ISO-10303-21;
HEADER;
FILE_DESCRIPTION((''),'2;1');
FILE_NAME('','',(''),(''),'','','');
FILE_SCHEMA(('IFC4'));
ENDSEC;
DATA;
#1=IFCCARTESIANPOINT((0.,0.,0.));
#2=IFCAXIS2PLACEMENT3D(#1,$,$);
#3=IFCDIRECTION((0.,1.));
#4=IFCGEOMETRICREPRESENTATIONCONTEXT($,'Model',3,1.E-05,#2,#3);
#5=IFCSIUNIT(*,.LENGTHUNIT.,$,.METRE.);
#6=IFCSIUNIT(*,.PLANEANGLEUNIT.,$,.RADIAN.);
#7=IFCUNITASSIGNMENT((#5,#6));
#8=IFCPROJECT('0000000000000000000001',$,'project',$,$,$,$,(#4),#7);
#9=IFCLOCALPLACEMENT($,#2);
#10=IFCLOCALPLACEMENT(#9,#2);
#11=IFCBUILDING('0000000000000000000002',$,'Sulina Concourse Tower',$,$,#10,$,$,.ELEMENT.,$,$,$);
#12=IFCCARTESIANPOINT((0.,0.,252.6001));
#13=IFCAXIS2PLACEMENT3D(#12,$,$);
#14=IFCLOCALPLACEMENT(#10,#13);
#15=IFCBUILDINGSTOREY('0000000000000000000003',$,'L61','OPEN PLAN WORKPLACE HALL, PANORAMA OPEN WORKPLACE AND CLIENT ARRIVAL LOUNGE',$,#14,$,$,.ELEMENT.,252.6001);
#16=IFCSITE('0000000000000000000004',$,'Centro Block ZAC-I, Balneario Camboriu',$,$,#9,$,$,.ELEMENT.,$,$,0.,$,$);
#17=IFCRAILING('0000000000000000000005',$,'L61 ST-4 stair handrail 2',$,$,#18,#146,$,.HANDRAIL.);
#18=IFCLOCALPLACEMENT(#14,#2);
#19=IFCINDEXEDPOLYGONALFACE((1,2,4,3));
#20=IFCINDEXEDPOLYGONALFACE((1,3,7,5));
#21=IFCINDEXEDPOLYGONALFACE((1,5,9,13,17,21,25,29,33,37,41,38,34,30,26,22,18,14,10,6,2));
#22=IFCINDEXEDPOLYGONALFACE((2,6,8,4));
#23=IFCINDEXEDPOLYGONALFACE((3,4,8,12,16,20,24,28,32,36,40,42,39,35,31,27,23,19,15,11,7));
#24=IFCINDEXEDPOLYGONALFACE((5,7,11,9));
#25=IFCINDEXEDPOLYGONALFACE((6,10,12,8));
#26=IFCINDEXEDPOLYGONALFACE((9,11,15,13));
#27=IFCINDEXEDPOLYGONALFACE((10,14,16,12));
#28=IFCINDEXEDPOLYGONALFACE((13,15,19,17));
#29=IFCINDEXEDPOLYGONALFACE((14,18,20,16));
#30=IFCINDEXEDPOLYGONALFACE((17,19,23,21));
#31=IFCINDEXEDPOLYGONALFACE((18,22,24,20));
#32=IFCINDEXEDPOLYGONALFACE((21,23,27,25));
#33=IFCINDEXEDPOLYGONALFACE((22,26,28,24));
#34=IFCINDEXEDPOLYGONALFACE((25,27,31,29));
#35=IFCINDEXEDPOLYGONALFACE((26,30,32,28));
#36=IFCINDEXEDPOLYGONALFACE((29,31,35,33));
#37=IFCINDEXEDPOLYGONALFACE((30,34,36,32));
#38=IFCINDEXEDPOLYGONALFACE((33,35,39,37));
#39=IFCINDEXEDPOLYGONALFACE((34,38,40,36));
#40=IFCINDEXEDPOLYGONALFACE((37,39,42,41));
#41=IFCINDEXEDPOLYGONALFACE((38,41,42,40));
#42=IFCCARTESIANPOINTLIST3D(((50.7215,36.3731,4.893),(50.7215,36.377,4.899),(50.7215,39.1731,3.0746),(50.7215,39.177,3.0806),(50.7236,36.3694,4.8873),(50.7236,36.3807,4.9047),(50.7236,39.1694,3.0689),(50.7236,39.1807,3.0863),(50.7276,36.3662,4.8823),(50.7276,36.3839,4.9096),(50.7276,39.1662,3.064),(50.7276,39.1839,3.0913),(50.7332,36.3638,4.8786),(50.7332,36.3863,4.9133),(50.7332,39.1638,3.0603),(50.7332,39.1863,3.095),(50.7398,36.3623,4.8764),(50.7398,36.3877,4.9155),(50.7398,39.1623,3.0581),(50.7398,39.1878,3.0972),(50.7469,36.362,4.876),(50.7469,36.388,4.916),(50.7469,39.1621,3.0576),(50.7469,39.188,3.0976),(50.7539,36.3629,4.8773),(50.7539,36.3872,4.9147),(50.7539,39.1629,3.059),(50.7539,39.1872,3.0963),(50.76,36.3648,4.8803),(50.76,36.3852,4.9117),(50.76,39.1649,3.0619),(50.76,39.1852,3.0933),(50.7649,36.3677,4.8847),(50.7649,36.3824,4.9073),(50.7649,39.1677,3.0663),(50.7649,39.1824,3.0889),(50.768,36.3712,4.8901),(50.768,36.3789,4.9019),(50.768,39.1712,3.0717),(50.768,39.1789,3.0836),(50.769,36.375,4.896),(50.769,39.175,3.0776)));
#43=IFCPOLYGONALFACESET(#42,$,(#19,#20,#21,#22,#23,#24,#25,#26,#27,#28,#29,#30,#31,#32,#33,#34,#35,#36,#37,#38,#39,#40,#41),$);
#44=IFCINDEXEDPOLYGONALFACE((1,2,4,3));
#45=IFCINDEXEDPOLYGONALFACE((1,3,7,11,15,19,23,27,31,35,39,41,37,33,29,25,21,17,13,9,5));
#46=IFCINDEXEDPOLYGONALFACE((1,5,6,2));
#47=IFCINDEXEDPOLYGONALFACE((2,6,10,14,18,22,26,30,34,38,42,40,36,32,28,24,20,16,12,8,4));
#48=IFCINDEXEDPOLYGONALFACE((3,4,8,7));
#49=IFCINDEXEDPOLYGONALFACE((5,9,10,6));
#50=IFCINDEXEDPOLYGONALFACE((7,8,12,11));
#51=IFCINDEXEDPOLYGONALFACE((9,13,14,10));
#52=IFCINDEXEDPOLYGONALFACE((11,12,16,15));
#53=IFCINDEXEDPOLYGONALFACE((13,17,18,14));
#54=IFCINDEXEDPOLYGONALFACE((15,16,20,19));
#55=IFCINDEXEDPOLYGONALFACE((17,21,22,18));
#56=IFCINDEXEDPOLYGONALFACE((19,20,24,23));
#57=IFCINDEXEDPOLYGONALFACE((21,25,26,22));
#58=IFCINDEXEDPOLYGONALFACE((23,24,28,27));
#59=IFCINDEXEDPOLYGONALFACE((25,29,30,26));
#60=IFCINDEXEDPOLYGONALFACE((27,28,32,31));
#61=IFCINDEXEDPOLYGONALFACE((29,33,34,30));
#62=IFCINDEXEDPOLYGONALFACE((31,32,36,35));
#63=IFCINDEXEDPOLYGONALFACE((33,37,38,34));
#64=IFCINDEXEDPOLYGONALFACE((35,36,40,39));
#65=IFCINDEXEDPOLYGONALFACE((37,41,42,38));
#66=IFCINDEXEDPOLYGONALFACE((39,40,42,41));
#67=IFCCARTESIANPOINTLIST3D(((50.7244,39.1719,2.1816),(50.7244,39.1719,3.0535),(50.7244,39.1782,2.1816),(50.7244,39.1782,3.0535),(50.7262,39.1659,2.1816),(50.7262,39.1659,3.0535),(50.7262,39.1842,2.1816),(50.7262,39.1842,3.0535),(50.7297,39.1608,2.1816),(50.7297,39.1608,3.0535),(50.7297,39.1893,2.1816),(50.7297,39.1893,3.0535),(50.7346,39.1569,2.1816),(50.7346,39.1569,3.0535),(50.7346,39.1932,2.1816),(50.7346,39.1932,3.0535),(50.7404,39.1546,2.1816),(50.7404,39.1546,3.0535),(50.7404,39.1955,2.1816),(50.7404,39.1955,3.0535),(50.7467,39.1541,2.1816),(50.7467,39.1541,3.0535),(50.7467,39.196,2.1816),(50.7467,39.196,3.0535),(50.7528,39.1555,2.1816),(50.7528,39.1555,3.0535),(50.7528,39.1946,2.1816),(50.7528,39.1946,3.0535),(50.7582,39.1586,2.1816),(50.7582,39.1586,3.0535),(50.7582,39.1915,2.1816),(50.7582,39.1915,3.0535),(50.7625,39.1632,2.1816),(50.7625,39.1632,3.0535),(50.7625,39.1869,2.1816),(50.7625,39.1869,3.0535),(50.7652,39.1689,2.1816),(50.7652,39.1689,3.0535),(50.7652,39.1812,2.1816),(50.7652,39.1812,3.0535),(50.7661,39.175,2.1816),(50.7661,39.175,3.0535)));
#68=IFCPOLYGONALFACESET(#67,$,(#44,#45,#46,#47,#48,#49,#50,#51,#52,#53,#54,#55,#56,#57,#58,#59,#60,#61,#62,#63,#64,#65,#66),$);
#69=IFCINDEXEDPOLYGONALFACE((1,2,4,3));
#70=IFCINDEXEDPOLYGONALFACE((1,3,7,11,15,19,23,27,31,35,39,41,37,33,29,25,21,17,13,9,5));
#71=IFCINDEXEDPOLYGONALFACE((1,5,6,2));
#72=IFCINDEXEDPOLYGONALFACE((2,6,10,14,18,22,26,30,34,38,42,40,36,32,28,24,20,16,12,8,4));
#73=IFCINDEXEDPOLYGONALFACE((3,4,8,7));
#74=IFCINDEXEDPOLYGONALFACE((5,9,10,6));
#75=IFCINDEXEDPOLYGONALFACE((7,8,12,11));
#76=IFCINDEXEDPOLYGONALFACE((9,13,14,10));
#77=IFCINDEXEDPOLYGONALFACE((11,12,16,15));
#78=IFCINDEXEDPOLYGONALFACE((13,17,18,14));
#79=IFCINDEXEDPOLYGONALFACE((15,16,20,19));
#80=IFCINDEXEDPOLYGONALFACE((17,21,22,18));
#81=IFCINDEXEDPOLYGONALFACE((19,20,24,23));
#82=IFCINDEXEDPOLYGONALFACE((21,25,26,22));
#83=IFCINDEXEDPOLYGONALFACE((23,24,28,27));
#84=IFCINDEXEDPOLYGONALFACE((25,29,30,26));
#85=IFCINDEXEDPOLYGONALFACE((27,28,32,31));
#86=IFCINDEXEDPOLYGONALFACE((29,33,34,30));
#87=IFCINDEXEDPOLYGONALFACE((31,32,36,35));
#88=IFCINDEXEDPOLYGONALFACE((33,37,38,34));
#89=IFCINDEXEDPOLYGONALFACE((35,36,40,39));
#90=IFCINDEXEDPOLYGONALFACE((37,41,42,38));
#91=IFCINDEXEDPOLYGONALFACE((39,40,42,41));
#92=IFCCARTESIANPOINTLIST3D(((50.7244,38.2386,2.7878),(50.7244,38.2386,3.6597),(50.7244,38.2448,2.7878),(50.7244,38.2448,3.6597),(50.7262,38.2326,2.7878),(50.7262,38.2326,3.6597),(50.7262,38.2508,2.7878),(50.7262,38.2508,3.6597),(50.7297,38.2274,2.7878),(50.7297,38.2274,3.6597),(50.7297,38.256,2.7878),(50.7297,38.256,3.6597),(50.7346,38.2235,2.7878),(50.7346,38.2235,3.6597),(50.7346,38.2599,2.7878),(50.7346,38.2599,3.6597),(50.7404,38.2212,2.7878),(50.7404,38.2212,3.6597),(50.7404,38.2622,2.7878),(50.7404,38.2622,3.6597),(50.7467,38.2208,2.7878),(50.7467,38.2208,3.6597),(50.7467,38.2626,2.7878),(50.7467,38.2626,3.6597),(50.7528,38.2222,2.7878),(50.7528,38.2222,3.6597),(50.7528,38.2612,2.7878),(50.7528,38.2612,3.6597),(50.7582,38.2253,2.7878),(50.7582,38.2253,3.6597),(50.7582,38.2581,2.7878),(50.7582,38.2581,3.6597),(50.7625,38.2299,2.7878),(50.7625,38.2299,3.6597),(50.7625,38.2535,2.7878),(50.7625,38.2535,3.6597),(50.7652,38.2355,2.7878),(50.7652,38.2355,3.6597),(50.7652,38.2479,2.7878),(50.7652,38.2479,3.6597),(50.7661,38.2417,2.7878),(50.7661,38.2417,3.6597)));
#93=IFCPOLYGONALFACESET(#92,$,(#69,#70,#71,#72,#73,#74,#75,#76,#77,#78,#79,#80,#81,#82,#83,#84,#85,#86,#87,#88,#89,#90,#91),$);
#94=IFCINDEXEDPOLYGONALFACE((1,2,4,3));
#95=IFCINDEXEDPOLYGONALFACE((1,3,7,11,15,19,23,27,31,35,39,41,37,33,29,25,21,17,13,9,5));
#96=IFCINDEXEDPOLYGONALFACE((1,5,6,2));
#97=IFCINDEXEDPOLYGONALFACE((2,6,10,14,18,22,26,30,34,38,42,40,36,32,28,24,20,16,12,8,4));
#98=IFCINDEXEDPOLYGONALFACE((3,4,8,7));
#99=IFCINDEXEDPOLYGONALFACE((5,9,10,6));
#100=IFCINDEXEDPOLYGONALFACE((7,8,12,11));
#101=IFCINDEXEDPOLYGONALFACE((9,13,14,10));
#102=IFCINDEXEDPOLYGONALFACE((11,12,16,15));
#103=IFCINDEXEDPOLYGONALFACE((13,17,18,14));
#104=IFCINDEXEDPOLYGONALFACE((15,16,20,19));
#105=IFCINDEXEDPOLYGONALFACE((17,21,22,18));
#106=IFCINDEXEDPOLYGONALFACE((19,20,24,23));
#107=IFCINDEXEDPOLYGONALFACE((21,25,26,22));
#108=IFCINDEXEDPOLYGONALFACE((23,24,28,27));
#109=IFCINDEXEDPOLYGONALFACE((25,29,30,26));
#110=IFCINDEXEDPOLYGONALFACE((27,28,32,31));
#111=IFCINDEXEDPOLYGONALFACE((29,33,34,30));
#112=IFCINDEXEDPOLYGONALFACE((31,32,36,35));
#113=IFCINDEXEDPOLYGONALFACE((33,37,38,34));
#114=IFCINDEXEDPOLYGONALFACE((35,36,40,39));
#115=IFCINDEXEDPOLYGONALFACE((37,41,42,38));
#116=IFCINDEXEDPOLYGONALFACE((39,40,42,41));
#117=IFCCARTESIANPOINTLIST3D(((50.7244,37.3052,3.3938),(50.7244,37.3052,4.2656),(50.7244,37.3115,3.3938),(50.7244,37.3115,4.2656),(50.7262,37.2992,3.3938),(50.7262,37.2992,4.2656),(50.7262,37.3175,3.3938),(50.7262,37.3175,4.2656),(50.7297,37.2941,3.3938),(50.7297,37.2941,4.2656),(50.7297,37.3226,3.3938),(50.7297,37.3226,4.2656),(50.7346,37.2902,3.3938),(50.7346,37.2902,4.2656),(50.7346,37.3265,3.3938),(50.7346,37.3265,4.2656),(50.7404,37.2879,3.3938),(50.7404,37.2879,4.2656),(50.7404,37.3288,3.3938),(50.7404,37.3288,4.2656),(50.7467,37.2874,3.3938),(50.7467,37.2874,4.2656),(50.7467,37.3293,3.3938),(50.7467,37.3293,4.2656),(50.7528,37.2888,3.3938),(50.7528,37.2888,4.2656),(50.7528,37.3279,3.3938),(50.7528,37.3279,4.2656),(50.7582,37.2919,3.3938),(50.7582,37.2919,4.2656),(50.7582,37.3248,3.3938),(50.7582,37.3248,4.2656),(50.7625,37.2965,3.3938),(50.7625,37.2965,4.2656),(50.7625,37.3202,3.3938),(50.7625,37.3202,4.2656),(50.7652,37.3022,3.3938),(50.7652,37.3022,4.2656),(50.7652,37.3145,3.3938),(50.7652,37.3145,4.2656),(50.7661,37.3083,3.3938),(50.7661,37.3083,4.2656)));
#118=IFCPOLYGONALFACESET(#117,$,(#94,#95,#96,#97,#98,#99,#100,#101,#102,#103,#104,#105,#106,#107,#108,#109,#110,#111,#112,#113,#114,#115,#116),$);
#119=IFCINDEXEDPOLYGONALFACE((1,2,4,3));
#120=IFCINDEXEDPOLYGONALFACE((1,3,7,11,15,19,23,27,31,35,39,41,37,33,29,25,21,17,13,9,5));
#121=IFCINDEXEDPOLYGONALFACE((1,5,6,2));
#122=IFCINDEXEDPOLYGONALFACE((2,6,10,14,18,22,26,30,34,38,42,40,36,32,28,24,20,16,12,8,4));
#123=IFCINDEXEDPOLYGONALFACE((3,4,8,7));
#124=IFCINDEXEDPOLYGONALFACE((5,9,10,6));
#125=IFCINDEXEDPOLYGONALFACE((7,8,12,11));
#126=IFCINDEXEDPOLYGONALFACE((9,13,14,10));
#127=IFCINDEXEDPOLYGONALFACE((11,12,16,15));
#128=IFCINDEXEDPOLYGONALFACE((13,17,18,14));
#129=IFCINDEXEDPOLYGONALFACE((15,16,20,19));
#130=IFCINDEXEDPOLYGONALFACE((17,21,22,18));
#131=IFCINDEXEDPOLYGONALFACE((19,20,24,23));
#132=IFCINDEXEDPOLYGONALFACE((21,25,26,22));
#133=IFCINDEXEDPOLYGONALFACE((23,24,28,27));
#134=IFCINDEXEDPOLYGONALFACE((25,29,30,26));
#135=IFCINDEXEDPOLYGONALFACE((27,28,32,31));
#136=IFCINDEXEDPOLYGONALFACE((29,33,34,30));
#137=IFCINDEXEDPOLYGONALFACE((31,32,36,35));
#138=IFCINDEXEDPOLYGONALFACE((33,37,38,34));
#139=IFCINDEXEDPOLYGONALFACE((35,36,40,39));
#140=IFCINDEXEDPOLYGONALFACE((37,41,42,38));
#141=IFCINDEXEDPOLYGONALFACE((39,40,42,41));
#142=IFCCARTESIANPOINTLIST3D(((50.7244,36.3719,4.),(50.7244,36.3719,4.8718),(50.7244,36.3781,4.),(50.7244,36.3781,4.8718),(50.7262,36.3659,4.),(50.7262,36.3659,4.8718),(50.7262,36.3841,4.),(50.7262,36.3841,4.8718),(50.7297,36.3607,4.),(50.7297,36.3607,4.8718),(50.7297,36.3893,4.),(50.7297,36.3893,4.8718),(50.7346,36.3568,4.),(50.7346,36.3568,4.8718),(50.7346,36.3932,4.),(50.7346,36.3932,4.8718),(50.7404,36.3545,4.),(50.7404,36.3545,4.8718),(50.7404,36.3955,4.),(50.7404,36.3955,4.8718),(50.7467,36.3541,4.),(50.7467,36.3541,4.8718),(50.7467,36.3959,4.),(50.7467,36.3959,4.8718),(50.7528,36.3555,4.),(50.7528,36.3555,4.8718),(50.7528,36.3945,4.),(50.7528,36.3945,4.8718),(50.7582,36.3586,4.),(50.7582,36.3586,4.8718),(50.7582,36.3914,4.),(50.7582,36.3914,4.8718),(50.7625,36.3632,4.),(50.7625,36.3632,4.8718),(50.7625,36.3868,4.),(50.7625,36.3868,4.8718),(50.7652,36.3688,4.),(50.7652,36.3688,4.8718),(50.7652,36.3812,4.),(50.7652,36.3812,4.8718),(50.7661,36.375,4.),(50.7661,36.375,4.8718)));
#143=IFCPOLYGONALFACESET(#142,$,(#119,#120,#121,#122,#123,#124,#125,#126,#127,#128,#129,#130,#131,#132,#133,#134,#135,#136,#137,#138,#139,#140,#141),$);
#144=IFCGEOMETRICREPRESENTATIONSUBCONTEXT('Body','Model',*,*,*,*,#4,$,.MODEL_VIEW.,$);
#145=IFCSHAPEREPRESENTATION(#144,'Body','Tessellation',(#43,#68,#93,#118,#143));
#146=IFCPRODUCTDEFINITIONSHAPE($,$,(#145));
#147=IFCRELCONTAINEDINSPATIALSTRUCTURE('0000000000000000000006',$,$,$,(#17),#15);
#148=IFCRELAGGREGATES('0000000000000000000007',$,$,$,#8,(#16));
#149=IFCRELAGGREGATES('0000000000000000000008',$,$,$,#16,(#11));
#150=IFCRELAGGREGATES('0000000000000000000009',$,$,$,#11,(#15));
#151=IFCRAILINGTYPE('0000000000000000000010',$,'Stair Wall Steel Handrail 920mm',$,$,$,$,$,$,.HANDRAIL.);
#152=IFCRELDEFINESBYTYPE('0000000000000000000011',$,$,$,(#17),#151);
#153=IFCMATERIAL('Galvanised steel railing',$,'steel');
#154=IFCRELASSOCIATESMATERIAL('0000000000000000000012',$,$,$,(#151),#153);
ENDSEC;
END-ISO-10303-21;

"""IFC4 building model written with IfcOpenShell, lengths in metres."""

from ifc_helpers import new_model, si_unit, direction, frame, origin, origin_2d, place, context, subcontext, project, spatial, circle, extrude, material, type_object, element, save


model = new_model("IFC4")

# Units and contexts
model_context = context("Model", 3, precision=1e-05, world=origin(), true_north=direction((0.0, 1.0)))
body_context = subcontext(model_context, "Body", "Model", "MODEL_VIEW")
ifc_project = project(units=[si_unit("LENGTHUNIT", "METRE"), si_unit("PLANEANGLEUNIT", "RADIAN")], contexts=[model_context])

# Site, building, storey
site_placement = place(None, origin())
site = spatial("IfcSite", under=ifc_project, at=site_placement, Name="Centro Block ZAC-I, Balneario Camboriu", CompositionType="ELEMENT", RefElevation=0.0)
building_placement = place(site_placement, origin())
building = spatial("IfcBuilding", under=site, at=building_placement, Name="Sulina Concourse Tower", CompositionType="ELEMENT")
storey_placement = place(building_placement, frame((0.0, 0.0, 252.6001)))
storey = spatial("IfcBuildingStorey", under=building, at=storey_placement, Name="L61", Description="OPEN PLAN WORKPLACE HALL, PANORAMA OPEN WORKPLACE AND CLIENT ARRIVAL LOUNGE", CompositionType="ELEMENT", Elevation=252.6001)

# Railing
ifc_material_1 = material(Name="Galvanised steel railing", Category="steel")
railing_type_1 = type_object("IfcRailingType", Name="Stair Wall Steel Handrail 920mm", PredefinedType="HANDRAIL", material=ifc_material_1)
railing_1_placement = place(storey_placement, frame((50.7451, 39.175, 2.1816)))
element("IfcRailing", 1, at=railing_1_placement, inside=storey, type_object=railing_type_1, Name="L61 ST-4 stair handrail 2", PredefinedType="HANDRAIL", context=body_context, shape_type="SweptSolid", body=[
    extrude(circle(Radius=0.0239, at=origin_2d()), frame((0.0, 0.0, 0.896), z_axis=(0.0, -0.838672, 0.544636), x_axis=(1.0, 0.0, 0.0)), (0.0, 0.0, 1.0), 3.3386),
    extrude(circle(Radius=0.021, at=origin_2d()), origin(), (0.0, 0.0, 1.0), 0.8718),
    extrude(circle(Radius=0.021, at=origin_2d()), frame((0.0, -0.9333, 0.6062)), (0.0, 0.0, 1.0), 0.8718),
    extrude(circle(Radius=0.021, at=origin_2d()), frame((0.0, -1.8667, 1.2122)), (0.0, 0.0, 1.0), 0.8718),
    extrude(circle(Radius=0.021, at=origin_2d()), frame((0.0, -2.8, 1.8184)), (0.0, 0.0, 1.0), 0.8718),
])

save(model, "model.ifc")
